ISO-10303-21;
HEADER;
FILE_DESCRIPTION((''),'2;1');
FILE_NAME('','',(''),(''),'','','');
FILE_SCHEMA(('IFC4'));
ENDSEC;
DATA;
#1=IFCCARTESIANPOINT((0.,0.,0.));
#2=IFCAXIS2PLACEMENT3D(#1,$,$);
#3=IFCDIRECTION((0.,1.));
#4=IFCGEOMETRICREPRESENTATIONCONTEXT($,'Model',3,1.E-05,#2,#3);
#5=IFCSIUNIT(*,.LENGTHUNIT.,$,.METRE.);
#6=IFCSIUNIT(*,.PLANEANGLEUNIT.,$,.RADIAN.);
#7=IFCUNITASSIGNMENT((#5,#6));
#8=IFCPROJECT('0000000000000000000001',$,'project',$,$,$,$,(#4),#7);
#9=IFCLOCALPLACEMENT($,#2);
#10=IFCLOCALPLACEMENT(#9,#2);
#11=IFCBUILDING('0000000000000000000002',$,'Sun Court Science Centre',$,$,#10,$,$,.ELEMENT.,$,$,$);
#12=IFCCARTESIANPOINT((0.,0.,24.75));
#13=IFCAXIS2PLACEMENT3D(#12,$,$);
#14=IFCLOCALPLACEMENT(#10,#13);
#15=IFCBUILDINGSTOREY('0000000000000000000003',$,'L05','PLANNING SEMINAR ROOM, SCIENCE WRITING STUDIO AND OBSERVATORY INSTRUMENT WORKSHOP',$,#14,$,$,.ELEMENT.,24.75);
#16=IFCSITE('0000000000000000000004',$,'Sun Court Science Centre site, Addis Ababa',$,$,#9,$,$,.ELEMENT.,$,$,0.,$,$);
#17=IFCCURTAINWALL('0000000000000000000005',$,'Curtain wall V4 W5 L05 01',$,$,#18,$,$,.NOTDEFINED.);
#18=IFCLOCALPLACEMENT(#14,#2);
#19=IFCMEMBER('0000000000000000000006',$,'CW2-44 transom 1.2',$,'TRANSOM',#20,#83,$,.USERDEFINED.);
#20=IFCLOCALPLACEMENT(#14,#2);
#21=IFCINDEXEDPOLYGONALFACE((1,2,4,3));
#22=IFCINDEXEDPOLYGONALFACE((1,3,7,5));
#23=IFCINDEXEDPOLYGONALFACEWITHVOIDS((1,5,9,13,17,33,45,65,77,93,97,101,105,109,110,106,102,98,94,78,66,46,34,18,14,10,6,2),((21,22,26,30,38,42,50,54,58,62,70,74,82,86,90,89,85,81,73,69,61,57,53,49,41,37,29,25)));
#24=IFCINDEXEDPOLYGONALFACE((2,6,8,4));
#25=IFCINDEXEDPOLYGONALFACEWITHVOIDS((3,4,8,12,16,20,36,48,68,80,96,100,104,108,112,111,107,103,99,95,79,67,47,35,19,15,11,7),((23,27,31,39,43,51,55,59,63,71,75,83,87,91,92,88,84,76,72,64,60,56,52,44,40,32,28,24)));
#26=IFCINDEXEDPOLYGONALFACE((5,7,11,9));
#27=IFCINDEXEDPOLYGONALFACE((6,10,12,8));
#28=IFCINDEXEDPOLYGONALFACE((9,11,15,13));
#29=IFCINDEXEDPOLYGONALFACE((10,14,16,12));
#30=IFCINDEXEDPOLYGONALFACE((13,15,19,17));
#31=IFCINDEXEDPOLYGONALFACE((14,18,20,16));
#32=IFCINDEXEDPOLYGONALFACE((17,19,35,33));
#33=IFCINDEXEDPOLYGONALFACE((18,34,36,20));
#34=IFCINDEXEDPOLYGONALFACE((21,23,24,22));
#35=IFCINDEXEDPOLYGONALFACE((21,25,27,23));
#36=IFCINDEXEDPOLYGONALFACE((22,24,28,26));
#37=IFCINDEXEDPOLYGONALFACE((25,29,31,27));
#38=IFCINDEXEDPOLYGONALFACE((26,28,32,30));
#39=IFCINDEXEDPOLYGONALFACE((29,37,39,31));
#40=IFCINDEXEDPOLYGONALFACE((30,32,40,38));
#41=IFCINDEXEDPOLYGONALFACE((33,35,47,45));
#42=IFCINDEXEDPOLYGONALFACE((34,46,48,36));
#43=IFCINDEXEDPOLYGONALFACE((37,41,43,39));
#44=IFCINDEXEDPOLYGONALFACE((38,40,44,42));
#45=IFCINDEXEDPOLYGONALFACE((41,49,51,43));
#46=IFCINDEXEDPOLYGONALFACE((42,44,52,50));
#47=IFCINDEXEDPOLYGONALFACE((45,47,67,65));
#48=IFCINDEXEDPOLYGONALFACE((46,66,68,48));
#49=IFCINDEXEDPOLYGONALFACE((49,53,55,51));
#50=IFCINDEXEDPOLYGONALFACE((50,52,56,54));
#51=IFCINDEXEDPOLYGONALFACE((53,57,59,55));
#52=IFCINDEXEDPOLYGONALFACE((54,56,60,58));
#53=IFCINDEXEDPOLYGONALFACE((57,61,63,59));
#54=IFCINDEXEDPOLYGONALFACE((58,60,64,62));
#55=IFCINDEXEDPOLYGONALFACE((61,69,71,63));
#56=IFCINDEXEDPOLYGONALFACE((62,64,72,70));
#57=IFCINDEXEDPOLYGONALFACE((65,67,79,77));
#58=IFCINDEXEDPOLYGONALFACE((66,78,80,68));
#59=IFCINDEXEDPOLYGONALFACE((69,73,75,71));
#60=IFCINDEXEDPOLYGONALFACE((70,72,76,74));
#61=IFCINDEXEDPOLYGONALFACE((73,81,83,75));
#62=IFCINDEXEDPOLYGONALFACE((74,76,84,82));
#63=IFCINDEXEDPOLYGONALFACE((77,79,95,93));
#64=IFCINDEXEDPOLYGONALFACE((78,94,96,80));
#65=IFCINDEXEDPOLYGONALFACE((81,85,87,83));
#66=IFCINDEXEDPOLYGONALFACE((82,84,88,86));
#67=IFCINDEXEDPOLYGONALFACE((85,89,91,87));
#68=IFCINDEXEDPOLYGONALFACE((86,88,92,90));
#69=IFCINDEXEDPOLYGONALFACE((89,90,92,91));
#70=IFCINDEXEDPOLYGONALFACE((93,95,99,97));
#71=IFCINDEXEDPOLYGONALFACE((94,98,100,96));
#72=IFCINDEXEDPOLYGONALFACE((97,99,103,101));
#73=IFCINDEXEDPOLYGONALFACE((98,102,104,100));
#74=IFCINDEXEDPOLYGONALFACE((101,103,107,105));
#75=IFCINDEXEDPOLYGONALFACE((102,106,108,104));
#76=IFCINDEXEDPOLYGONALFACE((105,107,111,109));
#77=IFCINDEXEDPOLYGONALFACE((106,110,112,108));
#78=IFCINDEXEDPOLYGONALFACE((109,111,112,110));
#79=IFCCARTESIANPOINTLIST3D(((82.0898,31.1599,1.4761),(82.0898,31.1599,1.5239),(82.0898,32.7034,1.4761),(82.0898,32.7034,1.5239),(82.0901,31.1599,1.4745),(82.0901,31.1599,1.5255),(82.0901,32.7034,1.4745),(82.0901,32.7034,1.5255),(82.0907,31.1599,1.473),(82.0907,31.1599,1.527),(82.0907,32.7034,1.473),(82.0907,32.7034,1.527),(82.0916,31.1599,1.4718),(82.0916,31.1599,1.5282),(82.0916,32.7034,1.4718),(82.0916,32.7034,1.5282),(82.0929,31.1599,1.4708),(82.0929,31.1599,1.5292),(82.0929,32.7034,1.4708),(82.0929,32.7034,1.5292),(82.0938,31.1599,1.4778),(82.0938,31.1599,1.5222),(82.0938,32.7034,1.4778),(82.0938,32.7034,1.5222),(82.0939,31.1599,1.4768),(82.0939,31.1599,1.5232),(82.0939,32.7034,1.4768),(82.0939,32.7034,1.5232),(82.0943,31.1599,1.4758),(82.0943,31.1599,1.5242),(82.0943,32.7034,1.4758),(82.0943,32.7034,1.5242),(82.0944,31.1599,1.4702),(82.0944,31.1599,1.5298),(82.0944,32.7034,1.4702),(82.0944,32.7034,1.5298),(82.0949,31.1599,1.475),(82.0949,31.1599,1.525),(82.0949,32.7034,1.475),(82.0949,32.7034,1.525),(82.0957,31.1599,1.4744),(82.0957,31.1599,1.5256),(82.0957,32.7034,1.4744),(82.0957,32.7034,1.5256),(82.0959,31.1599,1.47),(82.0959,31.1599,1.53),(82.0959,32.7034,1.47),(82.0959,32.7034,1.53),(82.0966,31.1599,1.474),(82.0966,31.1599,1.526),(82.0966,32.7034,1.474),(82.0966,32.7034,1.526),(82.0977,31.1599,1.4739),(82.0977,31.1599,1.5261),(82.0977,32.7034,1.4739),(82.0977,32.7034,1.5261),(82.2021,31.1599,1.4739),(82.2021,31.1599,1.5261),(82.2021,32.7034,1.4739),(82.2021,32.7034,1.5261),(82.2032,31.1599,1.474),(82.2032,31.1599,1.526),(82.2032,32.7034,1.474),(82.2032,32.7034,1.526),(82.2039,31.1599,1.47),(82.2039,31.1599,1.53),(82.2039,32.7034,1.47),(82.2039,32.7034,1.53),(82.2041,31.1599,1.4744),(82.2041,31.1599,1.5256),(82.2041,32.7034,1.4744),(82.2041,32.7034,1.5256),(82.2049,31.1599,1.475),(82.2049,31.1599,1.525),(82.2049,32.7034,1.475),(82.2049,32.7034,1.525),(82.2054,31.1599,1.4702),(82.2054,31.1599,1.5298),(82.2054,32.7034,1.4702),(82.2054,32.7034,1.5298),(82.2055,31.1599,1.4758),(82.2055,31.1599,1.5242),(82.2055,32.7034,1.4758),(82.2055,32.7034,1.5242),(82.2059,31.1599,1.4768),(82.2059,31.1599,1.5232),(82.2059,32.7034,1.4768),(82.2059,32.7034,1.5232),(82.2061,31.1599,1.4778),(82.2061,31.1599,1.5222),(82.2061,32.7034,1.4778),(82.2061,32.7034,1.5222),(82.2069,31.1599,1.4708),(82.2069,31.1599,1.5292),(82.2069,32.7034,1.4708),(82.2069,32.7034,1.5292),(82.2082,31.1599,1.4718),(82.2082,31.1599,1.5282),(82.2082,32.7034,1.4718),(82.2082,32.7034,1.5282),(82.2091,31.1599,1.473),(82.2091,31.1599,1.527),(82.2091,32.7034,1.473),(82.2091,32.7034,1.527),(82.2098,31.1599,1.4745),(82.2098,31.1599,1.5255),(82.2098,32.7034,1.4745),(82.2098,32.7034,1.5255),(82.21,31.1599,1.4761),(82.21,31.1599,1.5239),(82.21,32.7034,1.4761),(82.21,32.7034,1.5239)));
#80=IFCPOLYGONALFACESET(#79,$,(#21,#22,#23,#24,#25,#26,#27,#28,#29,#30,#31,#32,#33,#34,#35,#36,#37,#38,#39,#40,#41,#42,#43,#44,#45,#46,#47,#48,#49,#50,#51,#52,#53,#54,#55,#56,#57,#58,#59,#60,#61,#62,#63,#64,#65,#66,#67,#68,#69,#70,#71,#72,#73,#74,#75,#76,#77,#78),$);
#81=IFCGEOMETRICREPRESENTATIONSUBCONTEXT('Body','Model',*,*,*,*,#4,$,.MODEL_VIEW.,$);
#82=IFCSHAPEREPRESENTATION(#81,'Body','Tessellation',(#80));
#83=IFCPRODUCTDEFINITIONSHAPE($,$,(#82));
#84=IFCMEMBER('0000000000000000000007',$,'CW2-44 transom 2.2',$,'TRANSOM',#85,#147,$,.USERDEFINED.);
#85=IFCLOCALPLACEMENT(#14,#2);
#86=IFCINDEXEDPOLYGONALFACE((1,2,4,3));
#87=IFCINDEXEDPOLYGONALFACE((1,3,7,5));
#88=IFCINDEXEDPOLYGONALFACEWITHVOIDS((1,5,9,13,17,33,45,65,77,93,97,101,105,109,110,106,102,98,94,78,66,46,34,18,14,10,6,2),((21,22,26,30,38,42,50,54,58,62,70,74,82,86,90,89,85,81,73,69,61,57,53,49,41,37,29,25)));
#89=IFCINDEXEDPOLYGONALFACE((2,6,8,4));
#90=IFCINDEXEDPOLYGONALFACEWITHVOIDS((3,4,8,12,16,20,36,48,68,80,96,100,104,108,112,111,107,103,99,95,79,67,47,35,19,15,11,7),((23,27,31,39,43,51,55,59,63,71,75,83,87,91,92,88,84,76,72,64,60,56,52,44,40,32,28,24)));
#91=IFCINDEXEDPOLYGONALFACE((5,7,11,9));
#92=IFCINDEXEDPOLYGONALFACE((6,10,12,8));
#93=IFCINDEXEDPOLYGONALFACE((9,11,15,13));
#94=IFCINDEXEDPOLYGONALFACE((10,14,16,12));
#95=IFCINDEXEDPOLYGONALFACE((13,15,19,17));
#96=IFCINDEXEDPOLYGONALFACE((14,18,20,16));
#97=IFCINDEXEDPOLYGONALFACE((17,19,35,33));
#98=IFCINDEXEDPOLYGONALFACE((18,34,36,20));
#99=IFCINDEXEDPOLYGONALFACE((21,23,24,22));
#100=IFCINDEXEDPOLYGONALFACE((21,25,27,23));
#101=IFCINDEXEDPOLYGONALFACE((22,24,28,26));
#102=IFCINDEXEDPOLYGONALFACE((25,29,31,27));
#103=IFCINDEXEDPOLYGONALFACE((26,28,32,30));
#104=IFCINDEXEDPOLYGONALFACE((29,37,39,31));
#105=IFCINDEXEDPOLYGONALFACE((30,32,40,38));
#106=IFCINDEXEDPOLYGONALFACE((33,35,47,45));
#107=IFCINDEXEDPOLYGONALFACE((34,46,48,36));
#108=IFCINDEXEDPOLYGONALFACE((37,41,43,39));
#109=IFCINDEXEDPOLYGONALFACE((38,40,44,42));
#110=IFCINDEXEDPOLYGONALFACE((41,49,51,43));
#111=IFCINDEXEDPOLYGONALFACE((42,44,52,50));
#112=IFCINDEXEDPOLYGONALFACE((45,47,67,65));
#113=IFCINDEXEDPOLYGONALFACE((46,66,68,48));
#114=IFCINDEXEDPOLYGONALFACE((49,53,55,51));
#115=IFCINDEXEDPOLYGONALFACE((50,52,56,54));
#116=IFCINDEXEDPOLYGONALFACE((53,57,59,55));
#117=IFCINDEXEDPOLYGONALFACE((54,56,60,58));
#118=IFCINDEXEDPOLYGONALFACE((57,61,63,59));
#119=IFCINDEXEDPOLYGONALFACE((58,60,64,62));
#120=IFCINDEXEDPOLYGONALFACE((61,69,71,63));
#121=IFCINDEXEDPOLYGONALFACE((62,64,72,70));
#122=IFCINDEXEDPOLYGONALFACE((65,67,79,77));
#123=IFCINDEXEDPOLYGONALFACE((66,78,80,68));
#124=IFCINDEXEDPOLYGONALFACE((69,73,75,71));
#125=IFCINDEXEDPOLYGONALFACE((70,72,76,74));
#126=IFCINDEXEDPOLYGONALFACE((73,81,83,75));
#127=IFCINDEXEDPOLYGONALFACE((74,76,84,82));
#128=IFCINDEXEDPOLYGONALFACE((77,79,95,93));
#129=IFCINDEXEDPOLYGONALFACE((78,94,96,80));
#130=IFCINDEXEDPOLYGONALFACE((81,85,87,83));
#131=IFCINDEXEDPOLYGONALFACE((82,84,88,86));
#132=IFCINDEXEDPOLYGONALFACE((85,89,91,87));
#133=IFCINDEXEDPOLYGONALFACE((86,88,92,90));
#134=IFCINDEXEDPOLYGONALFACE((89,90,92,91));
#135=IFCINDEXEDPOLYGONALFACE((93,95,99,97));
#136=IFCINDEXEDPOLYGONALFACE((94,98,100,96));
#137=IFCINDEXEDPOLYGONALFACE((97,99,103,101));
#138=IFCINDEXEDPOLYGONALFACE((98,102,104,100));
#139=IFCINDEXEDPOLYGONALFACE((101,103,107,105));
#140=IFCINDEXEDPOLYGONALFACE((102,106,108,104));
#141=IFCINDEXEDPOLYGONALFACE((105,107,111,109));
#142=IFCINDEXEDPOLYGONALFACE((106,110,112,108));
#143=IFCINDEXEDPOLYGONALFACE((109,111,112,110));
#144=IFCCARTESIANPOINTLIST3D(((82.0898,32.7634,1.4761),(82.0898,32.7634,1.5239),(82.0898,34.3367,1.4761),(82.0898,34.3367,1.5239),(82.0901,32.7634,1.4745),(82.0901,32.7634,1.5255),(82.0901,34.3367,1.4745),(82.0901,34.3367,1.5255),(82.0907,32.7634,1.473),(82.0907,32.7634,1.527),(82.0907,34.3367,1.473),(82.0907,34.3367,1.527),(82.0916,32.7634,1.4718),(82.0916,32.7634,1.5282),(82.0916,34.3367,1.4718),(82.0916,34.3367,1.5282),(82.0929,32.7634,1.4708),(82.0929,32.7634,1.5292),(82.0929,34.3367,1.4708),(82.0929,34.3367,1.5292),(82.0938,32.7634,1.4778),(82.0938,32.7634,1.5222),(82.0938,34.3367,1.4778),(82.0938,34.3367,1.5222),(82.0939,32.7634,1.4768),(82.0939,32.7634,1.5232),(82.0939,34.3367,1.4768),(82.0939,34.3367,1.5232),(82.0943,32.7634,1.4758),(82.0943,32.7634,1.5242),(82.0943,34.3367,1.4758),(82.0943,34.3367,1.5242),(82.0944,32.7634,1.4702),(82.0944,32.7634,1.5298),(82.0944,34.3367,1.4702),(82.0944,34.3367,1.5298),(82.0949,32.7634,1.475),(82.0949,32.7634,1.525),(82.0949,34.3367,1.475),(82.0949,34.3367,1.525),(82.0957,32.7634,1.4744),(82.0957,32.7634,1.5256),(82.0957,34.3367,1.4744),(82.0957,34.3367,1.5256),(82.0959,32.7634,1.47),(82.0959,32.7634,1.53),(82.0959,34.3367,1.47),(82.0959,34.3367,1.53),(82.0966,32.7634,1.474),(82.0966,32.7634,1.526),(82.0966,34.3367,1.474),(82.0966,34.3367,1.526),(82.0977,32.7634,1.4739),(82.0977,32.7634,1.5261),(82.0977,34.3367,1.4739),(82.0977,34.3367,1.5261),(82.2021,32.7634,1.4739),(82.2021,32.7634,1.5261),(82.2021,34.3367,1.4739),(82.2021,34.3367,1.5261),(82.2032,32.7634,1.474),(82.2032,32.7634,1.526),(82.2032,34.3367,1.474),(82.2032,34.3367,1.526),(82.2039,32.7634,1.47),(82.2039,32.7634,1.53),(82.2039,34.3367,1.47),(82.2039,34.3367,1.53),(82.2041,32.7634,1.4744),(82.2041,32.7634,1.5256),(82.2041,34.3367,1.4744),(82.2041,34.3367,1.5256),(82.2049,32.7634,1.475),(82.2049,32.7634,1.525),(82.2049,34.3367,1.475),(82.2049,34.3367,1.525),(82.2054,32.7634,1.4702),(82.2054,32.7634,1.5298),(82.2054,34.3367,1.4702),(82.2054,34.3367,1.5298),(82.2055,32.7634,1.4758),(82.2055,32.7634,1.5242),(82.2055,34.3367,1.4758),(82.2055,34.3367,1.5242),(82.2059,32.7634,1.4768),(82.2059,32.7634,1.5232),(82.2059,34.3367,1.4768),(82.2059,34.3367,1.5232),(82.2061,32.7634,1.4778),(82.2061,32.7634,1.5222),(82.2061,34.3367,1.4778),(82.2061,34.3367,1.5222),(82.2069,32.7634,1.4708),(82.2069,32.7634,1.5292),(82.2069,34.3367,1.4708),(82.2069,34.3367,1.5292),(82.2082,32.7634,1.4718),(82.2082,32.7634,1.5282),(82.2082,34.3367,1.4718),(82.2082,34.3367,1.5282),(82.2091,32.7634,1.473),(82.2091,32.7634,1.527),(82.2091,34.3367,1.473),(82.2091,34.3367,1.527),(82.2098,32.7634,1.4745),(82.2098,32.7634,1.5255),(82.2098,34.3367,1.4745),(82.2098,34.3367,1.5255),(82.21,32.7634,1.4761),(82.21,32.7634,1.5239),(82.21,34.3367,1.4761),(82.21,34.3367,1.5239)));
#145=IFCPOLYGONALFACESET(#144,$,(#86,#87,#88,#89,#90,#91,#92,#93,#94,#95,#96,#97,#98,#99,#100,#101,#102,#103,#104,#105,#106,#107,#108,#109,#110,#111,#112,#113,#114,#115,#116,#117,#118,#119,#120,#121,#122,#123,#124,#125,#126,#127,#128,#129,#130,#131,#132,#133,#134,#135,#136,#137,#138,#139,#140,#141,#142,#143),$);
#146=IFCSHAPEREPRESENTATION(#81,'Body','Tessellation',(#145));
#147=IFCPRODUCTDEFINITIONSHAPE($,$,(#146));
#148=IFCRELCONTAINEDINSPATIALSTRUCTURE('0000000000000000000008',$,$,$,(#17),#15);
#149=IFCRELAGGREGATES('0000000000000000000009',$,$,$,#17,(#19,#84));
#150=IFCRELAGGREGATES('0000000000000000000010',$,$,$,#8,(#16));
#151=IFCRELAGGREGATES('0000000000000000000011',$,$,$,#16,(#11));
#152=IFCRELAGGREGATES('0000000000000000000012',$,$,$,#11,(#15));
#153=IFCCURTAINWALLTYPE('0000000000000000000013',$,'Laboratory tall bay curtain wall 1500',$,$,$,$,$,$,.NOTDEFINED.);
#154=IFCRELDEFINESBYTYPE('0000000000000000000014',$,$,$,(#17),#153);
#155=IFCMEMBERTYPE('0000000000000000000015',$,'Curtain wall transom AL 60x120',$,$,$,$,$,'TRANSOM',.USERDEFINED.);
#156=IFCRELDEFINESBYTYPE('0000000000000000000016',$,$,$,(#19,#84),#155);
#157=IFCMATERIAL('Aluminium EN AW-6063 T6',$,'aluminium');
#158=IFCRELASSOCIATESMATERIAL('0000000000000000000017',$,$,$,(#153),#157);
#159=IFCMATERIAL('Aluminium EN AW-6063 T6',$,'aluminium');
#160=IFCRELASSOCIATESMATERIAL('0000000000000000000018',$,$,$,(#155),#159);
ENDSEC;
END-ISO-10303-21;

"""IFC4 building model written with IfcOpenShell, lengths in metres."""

from ifc_helpers import new_model, si_unit, direction, frame, origin, origin_2d, place, context, subcontext, project, spatial, hollow_rectangle, extrude, material, material_profile, profile_set, type_object, element, aggregate, save


model = new_model("IFC4")

# Units and contexts
model_context = context("Model", 3, precision=1e-05, world=origin(), true_north=direction((0.0, 1.0)))
body_context = subcontext(model_context, "Body", "Model", "MODEL_VIEW")
ifc_project = project(units=[si_unit("LENGTHUNIT", "METRE"), si_unit("PLANEANGLEUNIT", "RADIAN")], contexts=[model_context])

# Site, building, storey
site_placement = place(None, origin())
site = spatial("IfcSite", under=ifc_project, at=site_placement, Name="Sun Court Science Centre site, Addis Ababa", CompositionType="ELEMENT", RefElevation=0.0)
building_placement = place(site_placement, origin())
building = spatial("IfcBuilding", under=site, at=building_placement, Name="Sun Court Science Centre", CompositionType="ELEMENT")
storey_placement = place(building_placement, frame((0.0, 0.0, 24.75)))
storey = spatial("IfcBuildingStorey", under=building, at=storey_placement, Name="L05", Description="PLANNING SEMINAR ROOM, SCIENCE WRITING STUDIO AND OBSERVATORY INSTRUMENT WORKSHOP", CompositionType="ELEMENT", Elevation=24.75)

# Curtain wall
ifc_material_1 = material(Name="Aluminium EN AW-6063 T6", Category="aluminium")
curtain_wall_type = type_object("IfcCurtainWallType", Name="Laboratory tall bay curtain wall 1500", PredefinedType="NOTDEFINED", material=ifc_material_1)
curtain_wall_1_placement = place(storey_placement, origin())
curtain_wall_1 = element("IfcCurtainWall", 1, at=curtain_wall_1_placement, inside=storey, type_object=curtain_wall_type, Name="Curtain wall V4 W5 L05 01", PredefinedType="NOTDEFINED")

# Members
ifc_material_2 = material(Name="Aluminium EN AW-6063 T6", Category="aluminium")
ifc_material_profile_1 = material_profile(ifc_material_2, hollow_rectangle(XDim=0.0601, YDim=0.1201, WallThickness=0.0039, InnerFilletRadius=0.0039, OuterFilletRadius=0.0061, at=origin_2d()), Name="AL 60x120x4")
ifc_profile_set_1 = profile_set([ifc_material_profile_1], Name="Aluminium EN AW-6063 T6")
member_type_1 = type_object("IfcMemberType", Name="Curtain wall transom AL 60x120", ElementType="TRANSOM", PredefinedType="USERDEFINED", material=ifc_profile_set_1)
member_1_placement = place(storey_placement, frame((82.1499, 31.1599, 1.5), z_axis=(0.0, 1.0, 0.0), x_axis=(0.0, 0.0, 1.0)))
member_1 = element("IfcMember", 2, at=member_1_placement, type_object=member_type_1, Name="CW2-44 transom 1.2", ObjectType="TRANSOM", PredefinedType="USERDEFINED", context=body_context, shape_type="SweptSolid", body=[
    extrude(hollow_rectangle(XDim=0.0601, YDim=0.1201, WallThickness=0.0039, InnerFilletRadius=0.0039, OuterFilletRadius=0.0061, at=origin_2d()), origin(), (0.0, 0.0, 1.0), 1.5435),
])
member_2_placement = place(storey_placement, frame((82.1499, 32.7634, 1.5), z_axis=(0.0, 1.0, 0.0), x_axis=(0.0, 0.0, 1.0)))
member_2 = element("IfcMember", 3, at=member_2_placement, type_object=member_type_1, Name="CW2-44 transom 2.2", ObjectType="TRANSOM", PredefinedType="USERDEFINED", context=body_context, shape_type="SweptSolid", body=[
    extrude(hollow_rectangle(XDim=0.0601, YDim=0.1201, WallThickness=0.0039, InnerFilletRadius=0.0039, OuterFilletRadius=0.0061, at=origin_2d()), origin(), (0.0, 0.0, 1.0), 1.5732),
])

aggregate(curtain_wall_1, [member_1, member_2])

save(model, "model.ifc")
